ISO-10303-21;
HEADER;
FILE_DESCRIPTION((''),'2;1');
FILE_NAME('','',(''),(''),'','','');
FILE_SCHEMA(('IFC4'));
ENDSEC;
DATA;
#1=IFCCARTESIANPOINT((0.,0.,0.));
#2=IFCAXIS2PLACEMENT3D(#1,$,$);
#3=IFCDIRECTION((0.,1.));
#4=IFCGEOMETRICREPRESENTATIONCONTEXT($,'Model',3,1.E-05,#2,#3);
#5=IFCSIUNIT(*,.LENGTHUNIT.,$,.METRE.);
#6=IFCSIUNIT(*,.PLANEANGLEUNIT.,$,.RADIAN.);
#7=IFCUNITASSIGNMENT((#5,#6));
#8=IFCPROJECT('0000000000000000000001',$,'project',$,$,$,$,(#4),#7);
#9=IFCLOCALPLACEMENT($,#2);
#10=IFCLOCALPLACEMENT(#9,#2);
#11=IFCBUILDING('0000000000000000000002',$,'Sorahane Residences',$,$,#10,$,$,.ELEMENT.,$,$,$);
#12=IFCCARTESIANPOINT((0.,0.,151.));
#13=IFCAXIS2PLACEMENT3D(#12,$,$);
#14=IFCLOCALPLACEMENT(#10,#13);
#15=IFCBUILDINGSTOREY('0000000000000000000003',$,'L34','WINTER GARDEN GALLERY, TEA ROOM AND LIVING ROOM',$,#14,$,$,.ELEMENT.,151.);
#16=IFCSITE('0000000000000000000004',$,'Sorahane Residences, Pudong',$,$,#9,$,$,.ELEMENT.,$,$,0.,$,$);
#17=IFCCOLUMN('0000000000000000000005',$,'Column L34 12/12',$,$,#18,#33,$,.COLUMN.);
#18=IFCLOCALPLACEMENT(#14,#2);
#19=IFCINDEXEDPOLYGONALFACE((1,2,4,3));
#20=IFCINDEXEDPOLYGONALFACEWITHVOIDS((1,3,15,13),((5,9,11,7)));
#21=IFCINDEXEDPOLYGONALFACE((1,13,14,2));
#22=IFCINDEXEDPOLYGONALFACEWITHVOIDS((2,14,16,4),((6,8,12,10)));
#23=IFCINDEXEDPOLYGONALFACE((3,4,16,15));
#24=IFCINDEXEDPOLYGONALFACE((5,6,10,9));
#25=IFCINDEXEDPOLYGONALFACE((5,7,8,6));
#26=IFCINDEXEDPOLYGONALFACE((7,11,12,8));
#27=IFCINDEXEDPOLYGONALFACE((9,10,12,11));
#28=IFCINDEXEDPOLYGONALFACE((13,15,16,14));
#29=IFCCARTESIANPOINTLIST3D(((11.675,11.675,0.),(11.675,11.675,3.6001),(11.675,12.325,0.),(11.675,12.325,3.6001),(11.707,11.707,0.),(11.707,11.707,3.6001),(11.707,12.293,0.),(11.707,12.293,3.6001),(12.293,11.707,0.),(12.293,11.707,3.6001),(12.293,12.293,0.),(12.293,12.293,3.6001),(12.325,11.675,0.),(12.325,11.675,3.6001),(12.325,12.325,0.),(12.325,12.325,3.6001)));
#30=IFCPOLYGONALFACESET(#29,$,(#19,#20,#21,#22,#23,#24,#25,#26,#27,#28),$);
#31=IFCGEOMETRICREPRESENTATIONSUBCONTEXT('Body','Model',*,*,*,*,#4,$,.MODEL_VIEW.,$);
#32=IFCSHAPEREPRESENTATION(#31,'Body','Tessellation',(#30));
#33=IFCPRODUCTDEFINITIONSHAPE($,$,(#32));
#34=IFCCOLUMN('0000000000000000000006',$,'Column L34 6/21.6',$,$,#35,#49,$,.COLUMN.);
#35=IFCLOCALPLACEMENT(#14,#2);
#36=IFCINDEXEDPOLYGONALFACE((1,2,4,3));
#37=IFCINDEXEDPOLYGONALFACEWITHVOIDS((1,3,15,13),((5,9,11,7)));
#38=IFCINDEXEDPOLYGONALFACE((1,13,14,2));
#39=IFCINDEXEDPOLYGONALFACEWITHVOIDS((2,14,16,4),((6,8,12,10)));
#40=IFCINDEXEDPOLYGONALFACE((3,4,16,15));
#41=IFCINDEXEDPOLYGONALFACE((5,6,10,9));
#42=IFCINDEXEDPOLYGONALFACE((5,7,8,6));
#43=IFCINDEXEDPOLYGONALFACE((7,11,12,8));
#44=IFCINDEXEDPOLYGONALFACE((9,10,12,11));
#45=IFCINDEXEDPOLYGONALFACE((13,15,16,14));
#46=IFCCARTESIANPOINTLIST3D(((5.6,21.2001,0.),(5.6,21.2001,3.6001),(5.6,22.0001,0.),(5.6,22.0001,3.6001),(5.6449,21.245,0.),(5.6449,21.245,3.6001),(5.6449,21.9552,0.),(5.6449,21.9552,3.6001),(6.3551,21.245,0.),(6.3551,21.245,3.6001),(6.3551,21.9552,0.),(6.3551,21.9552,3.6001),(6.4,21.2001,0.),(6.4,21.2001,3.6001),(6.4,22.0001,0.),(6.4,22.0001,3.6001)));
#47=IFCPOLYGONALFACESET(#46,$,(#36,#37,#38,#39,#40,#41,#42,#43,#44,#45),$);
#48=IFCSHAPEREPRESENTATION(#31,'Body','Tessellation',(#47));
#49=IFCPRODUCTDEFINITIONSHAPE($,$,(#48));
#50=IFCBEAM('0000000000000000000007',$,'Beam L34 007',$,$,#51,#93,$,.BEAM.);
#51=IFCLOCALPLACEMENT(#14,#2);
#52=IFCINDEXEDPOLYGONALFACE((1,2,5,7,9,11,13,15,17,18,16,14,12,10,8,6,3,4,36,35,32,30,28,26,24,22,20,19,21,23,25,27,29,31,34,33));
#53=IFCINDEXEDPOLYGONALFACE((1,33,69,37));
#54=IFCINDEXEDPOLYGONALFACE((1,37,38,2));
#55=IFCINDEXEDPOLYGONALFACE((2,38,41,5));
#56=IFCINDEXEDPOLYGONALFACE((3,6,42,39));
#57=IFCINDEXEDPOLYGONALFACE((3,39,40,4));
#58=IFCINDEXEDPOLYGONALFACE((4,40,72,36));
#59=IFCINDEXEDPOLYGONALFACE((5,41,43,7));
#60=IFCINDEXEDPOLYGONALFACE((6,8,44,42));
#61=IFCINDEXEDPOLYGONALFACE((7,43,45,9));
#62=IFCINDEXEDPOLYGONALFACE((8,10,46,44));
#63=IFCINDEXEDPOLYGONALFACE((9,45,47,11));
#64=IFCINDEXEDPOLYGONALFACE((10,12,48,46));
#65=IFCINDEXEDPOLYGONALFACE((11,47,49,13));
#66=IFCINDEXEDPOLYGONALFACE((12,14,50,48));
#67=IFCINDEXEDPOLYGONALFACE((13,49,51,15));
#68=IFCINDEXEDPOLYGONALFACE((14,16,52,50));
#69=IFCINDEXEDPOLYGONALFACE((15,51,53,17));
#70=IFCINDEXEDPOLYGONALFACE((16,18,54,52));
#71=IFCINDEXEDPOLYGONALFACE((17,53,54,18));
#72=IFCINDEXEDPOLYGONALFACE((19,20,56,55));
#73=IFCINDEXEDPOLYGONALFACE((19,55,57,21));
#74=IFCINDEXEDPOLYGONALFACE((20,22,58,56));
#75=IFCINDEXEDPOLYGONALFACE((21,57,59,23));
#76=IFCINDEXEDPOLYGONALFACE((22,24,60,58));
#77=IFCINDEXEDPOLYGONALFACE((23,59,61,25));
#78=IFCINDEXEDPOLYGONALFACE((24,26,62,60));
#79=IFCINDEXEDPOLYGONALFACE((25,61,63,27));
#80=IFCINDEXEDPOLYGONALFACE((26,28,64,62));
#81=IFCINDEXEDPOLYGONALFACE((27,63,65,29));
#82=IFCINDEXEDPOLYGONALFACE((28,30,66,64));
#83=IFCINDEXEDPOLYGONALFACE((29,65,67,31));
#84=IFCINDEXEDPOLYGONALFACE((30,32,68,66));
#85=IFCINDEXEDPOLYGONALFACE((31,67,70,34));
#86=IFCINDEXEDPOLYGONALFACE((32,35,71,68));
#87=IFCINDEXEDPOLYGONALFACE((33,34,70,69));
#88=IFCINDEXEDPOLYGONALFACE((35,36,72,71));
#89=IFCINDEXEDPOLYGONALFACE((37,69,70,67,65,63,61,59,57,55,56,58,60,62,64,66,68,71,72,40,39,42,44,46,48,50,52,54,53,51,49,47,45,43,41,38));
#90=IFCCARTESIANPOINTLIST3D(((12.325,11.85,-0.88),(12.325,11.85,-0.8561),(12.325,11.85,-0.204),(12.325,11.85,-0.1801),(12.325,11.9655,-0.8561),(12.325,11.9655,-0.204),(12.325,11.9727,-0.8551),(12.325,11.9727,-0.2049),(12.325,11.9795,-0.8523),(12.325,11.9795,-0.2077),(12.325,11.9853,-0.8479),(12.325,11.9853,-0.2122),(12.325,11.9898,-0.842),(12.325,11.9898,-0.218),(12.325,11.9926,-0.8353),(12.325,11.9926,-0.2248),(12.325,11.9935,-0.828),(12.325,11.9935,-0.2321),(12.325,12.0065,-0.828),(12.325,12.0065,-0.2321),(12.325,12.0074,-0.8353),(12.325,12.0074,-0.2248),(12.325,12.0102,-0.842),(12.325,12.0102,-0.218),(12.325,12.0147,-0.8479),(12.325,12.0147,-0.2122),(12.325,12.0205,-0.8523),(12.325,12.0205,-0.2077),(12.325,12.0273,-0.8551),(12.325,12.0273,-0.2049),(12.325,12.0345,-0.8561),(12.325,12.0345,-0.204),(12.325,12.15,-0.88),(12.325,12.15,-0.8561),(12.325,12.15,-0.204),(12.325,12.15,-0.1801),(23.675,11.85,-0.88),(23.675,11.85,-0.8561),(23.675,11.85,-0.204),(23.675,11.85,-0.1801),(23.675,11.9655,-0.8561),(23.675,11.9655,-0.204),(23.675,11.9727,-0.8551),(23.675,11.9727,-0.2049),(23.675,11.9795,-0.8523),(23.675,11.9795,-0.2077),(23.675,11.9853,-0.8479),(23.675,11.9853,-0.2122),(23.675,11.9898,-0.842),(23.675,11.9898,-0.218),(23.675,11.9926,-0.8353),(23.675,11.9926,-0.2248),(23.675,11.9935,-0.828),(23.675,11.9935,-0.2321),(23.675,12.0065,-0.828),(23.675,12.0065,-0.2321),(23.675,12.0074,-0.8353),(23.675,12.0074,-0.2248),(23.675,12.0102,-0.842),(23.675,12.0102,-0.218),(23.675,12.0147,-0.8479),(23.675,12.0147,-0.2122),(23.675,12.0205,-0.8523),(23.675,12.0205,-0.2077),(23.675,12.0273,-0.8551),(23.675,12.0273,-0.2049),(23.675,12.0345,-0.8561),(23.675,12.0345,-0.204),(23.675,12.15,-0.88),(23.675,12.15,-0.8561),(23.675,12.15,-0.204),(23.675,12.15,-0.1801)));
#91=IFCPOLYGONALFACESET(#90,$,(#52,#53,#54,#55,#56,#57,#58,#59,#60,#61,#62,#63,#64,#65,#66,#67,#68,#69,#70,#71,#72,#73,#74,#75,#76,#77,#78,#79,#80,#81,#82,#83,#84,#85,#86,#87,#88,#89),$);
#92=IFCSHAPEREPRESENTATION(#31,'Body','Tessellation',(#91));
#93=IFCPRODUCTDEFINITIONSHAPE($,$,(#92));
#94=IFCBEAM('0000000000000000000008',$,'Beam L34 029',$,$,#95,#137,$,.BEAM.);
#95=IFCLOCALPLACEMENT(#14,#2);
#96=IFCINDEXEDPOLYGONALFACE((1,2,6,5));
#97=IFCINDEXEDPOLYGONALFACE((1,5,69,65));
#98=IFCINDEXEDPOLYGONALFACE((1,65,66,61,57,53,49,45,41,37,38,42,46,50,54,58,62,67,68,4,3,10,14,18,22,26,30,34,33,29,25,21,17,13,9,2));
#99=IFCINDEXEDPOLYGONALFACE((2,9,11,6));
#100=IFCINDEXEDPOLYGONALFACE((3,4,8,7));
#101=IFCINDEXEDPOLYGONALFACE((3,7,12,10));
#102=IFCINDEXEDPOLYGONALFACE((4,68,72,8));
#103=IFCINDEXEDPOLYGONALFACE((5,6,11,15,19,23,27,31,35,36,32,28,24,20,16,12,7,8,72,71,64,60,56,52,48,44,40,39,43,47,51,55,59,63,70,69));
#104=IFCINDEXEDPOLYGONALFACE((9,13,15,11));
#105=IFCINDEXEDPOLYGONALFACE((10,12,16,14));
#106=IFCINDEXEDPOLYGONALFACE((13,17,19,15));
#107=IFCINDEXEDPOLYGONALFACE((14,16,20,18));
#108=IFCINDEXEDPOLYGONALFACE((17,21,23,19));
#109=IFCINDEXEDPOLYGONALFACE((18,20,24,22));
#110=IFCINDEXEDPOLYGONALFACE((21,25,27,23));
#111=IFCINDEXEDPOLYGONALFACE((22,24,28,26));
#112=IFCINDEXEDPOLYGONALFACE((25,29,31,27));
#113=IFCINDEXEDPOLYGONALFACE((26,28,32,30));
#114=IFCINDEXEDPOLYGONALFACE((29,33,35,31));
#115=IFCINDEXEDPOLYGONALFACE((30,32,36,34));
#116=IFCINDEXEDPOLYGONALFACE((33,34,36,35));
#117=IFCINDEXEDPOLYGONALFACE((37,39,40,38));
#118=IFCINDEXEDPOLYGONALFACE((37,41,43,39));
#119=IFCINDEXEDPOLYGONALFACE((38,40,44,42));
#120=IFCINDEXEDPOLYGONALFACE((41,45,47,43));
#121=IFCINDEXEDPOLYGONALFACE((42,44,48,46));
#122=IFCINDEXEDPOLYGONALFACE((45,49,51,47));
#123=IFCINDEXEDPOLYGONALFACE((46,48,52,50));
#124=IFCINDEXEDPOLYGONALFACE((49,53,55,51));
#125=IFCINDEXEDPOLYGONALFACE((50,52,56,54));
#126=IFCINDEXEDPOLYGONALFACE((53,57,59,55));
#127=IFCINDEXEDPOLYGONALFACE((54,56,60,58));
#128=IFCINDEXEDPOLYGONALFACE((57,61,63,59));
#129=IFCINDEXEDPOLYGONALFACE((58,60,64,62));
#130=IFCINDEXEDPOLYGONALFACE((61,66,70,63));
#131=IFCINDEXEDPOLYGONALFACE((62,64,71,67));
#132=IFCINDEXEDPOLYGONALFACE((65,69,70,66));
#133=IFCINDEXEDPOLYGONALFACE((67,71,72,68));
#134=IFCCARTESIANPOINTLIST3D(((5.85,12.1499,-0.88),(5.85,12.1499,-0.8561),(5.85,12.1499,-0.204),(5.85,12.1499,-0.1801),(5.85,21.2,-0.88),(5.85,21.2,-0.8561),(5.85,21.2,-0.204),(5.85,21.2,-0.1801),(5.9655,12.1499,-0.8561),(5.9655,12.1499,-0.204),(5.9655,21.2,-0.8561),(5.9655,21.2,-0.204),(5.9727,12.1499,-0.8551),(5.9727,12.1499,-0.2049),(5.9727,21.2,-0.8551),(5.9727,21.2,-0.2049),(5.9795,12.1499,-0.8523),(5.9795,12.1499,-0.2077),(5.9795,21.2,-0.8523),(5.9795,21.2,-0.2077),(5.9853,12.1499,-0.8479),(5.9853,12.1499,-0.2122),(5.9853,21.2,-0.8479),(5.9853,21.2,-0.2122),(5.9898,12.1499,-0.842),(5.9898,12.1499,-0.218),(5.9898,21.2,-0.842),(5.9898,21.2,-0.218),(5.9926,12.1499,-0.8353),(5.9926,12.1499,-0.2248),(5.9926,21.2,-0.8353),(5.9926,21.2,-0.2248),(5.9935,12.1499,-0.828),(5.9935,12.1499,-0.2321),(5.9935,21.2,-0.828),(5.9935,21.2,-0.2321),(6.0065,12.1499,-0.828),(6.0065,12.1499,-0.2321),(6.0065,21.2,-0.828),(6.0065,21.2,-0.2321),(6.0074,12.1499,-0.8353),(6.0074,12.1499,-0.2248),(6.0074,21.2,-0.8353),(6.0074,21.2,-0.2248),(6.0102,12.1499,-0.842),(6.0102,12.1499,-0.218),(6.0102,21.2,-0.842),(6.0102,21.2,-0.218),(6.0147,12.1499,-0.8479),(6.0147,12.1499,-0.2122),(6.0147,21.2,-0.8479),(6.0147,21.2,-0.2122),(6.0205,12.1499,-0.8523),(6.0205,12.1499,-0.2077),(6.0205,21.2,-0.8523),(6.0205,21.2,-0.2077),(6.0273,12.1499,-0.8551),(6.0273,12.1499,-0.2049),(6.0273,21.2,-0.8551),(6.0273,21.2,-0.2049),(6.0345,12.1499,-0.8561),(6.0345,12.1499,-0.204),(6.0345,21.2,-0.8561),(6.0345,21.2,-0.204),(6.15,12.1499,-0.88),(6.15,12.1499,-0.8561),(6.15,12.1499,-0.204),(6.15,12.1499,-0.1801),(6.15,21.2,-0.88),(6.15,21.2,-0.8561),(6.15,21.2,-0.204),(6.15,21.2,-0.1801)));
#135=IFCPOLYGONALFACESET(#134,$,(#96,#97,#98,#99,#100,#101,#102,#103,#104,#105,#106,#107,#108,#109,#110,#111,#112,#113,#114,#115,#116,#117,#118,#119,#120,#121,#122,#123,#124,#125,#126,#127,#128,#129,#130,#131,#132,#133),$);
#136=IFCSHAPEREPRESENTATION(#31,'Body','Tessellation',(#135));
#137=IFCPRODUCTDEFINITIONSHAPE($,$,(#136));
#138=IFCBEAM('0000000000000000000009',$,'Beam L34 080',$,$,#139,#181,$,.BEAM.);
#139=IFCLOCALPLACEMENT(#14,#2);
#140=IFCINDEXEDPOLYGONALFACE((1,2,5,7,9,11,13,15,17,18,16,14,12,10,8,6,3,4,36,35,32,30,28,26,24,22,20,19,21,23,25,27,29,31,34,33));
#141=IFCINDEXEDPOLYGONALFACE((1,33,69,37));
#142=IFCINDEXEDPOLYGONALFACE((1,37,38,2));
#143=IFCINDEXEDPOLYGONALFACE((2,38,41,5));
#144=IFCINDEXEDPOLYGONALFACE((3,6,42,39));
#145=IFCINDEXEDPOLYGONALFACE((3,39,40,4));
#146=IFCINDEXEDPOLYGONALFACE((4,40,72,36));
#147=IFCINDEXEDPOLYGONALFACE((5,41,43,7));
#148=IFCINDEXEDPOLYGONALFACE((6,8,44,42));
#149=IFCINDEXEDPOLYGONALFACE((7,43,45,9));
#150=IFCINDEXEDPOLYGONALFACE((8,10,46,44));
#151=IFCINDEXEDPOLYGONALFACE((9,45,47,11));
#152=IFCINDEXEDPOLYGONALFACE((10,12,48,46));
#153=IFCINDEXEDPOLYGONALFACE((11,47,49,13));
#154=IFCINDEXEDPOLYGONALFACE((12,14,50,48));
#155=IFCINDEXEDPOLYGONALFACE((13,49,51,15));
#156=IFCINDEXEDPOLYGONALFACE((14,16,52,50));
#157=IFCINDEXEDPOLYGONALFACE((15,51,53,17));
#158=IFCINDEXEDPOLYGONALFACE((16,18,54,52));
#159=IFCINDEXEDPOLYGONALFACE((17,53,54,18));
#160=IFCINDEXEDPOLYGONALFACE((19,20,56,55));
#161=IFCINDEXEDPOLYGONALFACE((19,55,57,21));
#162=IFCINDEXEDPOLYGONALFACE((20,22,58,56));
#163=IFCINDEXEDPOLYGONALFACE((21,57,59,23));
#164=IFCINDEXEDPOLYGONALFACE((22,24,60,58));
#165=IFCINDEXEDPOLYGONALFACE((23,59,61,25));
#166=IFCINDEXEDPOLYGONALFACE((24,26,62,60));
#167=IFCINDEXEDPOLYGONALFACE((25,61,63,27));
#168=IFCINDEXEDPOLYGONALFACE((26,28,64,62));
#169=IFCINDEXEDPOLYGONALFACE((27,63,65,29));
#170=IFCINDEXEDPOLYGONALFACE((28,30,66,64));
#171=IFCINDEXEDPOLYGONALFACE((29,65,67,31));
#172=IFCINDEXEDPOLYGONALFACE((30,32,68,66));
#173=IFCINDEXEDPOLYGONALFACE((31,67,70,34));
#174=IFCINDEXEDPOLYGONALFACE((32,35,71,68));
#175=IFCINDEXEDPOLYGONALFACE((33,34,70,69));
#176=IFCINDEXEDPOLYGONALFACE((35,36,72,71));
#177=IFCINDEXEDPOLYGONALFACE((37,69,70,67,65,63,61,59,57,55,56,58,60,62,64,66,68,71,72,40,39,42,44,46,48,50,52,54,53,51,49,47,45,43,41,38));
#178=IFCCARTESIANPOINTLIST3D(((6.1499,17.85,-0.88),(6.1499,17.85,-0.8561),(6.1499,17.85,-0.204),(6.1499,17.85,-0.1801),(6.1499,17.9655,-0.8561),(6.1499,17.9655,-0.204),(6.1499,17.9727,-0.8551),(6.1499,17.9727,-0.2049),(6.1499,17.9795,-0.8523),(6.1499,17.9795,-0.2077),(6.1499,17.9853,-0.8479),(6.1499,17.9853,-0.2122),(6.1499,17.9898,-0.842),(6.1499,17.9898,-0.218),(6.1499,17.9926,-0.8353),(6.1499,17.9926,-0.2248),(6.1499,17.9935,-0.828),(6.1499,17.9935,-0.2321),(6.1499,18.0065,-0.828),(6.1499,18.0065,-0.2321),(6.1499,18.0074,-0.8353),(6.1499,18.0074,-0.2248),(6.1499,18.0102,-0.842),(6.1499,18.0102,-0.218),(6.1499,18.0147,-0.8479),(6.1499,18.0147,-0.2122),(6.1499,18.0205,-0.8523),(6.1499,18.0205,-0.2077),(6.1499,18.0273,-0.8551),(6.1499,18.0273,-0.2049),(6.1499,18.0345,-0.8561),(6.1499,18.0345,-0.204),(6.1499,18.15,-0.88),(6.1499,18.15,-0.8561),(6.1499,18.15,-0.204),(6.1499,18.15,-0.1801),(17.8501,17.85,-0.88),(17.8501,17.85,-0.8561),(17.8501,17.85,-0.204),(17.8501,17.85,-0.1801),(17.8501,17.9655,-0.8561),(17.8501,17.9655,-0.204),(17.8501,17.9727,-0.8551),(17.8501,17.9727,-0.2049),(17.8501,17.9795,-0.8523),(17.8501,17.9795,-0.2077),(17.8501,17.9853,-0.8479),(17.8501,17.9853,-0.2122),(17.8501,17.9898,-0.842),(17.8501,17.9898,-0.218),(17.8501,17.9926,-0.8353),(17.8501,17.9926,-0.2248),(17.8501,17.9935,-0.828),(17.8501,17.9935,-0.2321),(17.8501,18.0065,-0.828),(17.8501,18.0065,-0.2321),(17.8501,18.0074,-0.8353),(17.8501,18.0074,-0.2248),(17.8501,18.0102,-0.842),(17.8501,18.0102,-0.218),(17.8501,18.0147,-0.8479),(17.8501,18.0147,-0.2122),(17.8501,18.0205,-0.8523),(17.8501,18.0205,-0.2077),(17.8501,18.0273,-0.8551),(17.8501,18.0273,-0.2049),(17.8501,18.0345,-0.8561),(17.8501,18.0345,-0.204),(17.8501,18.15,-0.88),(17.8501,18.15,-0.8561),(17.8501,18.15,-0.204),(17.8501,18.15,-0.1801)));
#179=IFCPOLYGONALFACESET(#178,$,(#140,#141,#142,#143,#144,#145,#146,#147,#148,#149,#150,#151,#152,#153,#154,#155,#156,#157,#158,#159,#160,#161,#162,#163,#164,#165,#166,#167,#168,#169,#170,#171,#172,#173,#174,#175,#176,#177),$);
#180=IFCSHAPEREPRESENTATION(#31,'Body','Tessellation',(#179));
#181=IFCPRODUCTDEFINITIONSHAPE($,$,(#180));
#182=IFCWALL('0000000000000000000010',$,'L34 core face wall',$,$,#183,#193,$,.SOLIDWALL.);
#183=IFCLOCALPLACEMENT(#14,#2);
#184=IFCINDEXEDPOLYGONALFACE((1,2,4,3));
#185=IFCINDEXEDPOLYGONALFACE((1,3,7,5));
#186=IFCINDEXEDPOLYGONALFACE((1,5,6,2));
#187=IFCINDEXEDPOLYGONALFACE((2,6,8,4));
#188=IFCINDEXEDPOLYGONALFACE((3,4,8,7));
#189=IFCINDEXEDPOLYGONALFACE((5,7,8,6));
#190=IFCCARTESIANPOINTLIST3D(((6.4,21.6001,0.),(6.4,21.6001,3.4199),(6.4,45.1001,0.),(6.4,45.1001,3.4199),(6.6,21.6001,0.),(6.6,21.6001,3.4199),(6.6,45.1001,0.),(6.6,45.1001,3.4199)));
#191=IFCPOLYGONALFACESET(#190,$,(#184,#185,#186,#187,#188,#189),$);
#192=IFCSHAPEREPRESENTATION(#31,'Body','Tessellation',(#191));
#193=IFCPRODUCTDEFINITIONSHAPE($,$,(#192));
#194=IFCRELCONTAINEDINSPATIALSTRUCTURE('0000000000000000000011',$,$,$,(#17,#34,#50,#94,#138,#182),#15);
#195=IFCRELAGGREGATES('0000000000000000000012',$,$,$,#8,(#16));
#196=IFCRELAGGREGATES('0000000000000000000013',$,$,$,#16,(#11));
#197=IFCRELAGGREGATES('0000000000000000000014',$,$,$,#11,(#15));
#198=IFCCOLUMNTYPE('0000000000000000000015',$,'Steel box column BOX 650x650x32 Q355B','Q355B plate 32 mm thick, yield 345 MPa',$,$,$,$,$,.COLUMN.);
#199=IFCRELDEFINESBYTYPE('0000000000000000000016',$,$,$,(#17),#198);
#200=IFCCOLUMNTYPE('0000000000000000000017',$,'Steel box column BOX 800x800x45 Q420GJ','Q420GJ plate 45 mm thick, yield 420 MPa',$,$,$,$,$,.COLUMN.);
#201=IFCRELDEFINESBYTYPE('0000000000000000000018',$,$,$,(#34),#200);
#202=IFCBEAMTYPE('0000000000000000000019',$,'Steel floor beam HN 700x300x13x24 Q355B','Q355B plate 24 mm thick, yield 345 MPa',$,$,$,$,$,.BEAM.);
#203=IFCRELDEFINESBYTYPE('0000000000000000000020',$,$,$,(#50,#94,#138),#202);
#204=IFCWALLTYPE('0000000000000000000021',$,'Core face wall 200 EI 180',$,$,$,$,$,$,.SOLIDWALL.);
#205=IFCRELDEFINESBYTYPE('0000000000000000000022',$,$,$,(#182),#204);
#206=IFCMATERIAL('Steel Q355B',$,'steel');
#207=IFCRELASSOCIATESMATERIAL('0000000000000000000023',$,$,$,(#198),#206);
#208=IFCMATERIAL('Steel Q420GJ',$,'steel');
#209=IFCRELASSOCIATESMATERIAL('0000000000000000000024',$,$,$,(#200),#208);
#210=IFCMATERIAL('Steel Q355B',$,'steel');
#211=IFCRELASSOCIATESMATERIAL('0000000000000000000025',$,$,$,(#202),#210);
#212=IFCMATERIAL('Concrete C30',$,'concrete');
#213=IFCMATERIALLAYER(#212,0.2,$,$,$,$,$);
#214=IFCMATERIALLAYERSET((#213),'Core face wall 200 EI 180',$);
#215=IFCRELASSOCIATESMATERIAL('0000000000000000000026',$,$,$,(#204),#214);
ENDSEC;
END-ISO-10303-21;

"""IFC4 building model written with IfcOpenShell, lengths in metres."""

from ifc_helpers import new_model, si_unit, direction, frame, frame_2d, origin, origin_2d, place, context, subcontext, project, spatial, rectangle, hollow_rectangle, i_section, extrude, material, layer, layer_set, material_profile, profile_set, type_object, element, save


model = new_model("IFC4")

# Units and contexts
model_context = context("Model", 3, precision=1e-05, world=origin(), true_north=direction((0.0, 1.0)))
body_context = subcontext(model_context, "Body", "Model", "MODEL_VIEW")
ifc_project = project(units=[si_unit("LENGTHUNIT", "METRE"), si_unit("PLANEANGLEUNIT", "RADIAN")], contexts=[model_context])

# Site, building, storey
site_placement = place(None, origin())
site = spatial("IfcSite", under=ifc_project, at=site_placement, Name="Sorahane Residences, Pudong", CompositionType="ELEMENT", RefElevation=0.0)
building_placement = place(site_placement, origin())
building = spatial("IfcBuilding", under=site, at=building_placement, Name="Sorahane Residences", CompositionType="ELEMENT")
storey_placement = place(building_placement, frame((0.0, 0.0, 151.0)))
storey = spatial("IfcBuildingStorey", under=building, at=storey_placement, Name="L34", Description="WINTER GARDEN GALLERY, TEA ROOM AND LIVING ROOM", CompositionType="ELEMENT", Elevation=151.0)

# Columns
ifc_material_1 = material(Name="Steel Q355B", Category="steel")
ifc_material_profile_1 = material_profile(ifc_material_1, hollow_rectangle(XDim=0.6499, YDim=0.6499, WallThickness=0.032, at=origin_2d()), Name="BOX 650x650x32")
ifc_profile_set_1 = profile_set([ifc_material_profile_1], Name="Steel Q355B")
column_type_1 = type_object("IfcColumnType", Name="Steel box column BOX 650x650x32 Q355B", Description="Q355B plate 32 mm thick, yield 345 MPa", PredefinedType="COLUMN", material=ifc_profile_set_1)
column_1_placement = place(storey_placement, frame((12.0, 12.0, 0.0), z_axis=(0.0, 0.0, 1.0), x_axis=(1.0, 0.0, 0.0)))
element("IfcColumn", 1, at=column_1_placement, inside=storey, type_object=column_type_1, Name="Column L34 12/12", PredefinedType="COLUMN", context=body_context, shape_type="SweptSolid", body=[
    extrude(hollow_rectangle(XDim=0.6499, YDim=0.6499, WallThickness=0.032, at=origin_2d()), origin(), (0.0, 0.0, 1.0), 3.6001),
])
ifc_material_2 = material(Name="Steel Q420GJ", Category="steel")
ifc_material_profile_2 = material_profile(ifc_material_2, hollow_rectangle(XDim=0.8, YDim=0.8, WallThickness=0.0449, at=origin_2d()), Name="BOX 800x800x45")
ifc_profile_set_2 = profile_set([ifc_material_profile_2], Name="Steel Q420GJ")
column_type_2 = type_object("IfcColumnType", Name="Steel box column BOX 800x800x45 Q420GJ", Description="Q420GJ plate 45 mm thick, yield 420 MPa", PredefinedType="COLUMN", material=ifc_profile_set_2)
column_2_placement = place(storey_placement, frame((6.0, 21.6001, 0.0), z_axis=(0.0, 0.0, 1.0), x_axis=(1.0, 0.0, 0.0)))
element("IfcColumn", 2, at=column_2_placement, inside=storey, type_object=column_type_2, Name="Column L34 6/21.6", PredefinedType="COLUMN", context=body_context, shape_type="SweptSolid", body=[
    extrude(hollow_rectangle(XDim=0.8, YDim=0.8, WallThickness=0.0449, at=origin_2d()), origin(), (0.0, 0.0, 1.0), 3.6001),
])

# Beams
ifc_material_3 = material(Name="Steel Q355B", Category="steel")
ifc_material_profile_3 = material_profile(ifc_material_3, i_section(OverallWidth=0.3, OverallDepth=0.7, WebThickness=0.0129, FlangeThickness=0.0239, FilletRadius=0.0281, at=origin_2d()), Name="HN 700x300x13x24")
ifc_profile_set_3 = profile_set([ifc_material_profile_3], Name="Steel Q355B")
beam_type = type_object("IfcBeamType", Name="Steel floor beam HN 700x300x13x24 Q355B", Description="Q355B plate 24 mm thick, yield 345 MPa", PredefinedType="BEAM", material=ifc_profile_set_3)
beam_1_placement = place(storey_placement, frame((12.325, 12.0, -0.53), z_axis=(1.0, 0.0, 0.0), x_axis=(0.0, 1.0, 0.0)))
element("IfcBeam", 3, at=beam_1_placement, inside=storey, type_object=beam_type, Name="Beam L34 007", PredefinedType="BEAM", context=body_context, shape_type="SweptSolid", body=[
    extrude(i_section(OverallWidth=0.3, OverallDepth=0.7, WebThickness=0.0129, FlangeThickness=0.0239, FilletRadius=0.0281, at=origin_2d()), origin(), (0.0, 0.0, 1.0), 11.3501),
])
beam_2_placement = place(storey_placement, frame((6.0, 12.1499, -0.53), z_axis=(0.0, 1.0, 0.0), x_axis=(-1.0, 0.0, 0.0)))
element("IfcBeam", 4, at=beam_2_placement, inside=storey, type_object=beam_type, Name="Beam L34 029", PredefinedType="BEAM", context=body_context, shape_type="SweptSolid", body=[
    extrude(i_section(OverallWidth=0.3, OverallDepth=0.7, WebThickness=0.0129, FlangeThickness=0.0239, FilletRadius=0.0281, at=origin_2d()), origin(), (0.0, 0.0, 1.0), 9.05),
])
beam_3_placement = place(storey_placement, frame((6.1499, 18.0, -0.53), z_axis=(1.0, 0.0, 0.0), x_axis=(0.0, 1.0, 0.0)))
element("IfcBeam", 5, at=beam_3_placement, inside=storey, type_object=beam_type, Name="Beam L34 080", PredefinedType="BEAM", context=body_context, shape_type="SweptSolid", body=[
    extrude(i_section(OverallWidth=0.3, OverallDepth=0.7, WebThickness=0.0129, FlangeThickness=0.0239, FilletRadius=0.0281, at=origin_2d()), origin(), (0.0, 0.0, 1.0), 11.7002),
])

# Wall
ifc_material_4 = material(Name="Concrete C30", Category="concrete")
ifc_layer_1 = layer(ifc_material_4, 0.2)
ifc_layer_set_1 = layer_set([ifc_layer_1], Name="Core face wall 200 EI 180")
wall_type_1 = type_object("IfcWallType", Name="Core face wall 200 EI 180", PredefinedType="SOLIDWALL", material=ifc_layer_set_1)
wall_1_placement = place(storey_placement, frame((6.5, 21.6001, 0.0), z_axis=(0.0, 0.0, 1.0), x_axis=(0.0, 1.0, 0.0)))
element("IfcWall", 6, at=wall_1_placement, inside=storey, type_object=wall_type_1, Name="L34 core face wall", PredefinedType="SOLIDWALL", context=body_context, shape_type="SweptSolid", body=[
    extrude(rectangle(XDim=23.5, YDim=0.2, at=frame_2d((11.75, 0.0))), origin(), (0.0, 0.0, 1.0), 3.4199),
])

save(model, "model.ifc")
